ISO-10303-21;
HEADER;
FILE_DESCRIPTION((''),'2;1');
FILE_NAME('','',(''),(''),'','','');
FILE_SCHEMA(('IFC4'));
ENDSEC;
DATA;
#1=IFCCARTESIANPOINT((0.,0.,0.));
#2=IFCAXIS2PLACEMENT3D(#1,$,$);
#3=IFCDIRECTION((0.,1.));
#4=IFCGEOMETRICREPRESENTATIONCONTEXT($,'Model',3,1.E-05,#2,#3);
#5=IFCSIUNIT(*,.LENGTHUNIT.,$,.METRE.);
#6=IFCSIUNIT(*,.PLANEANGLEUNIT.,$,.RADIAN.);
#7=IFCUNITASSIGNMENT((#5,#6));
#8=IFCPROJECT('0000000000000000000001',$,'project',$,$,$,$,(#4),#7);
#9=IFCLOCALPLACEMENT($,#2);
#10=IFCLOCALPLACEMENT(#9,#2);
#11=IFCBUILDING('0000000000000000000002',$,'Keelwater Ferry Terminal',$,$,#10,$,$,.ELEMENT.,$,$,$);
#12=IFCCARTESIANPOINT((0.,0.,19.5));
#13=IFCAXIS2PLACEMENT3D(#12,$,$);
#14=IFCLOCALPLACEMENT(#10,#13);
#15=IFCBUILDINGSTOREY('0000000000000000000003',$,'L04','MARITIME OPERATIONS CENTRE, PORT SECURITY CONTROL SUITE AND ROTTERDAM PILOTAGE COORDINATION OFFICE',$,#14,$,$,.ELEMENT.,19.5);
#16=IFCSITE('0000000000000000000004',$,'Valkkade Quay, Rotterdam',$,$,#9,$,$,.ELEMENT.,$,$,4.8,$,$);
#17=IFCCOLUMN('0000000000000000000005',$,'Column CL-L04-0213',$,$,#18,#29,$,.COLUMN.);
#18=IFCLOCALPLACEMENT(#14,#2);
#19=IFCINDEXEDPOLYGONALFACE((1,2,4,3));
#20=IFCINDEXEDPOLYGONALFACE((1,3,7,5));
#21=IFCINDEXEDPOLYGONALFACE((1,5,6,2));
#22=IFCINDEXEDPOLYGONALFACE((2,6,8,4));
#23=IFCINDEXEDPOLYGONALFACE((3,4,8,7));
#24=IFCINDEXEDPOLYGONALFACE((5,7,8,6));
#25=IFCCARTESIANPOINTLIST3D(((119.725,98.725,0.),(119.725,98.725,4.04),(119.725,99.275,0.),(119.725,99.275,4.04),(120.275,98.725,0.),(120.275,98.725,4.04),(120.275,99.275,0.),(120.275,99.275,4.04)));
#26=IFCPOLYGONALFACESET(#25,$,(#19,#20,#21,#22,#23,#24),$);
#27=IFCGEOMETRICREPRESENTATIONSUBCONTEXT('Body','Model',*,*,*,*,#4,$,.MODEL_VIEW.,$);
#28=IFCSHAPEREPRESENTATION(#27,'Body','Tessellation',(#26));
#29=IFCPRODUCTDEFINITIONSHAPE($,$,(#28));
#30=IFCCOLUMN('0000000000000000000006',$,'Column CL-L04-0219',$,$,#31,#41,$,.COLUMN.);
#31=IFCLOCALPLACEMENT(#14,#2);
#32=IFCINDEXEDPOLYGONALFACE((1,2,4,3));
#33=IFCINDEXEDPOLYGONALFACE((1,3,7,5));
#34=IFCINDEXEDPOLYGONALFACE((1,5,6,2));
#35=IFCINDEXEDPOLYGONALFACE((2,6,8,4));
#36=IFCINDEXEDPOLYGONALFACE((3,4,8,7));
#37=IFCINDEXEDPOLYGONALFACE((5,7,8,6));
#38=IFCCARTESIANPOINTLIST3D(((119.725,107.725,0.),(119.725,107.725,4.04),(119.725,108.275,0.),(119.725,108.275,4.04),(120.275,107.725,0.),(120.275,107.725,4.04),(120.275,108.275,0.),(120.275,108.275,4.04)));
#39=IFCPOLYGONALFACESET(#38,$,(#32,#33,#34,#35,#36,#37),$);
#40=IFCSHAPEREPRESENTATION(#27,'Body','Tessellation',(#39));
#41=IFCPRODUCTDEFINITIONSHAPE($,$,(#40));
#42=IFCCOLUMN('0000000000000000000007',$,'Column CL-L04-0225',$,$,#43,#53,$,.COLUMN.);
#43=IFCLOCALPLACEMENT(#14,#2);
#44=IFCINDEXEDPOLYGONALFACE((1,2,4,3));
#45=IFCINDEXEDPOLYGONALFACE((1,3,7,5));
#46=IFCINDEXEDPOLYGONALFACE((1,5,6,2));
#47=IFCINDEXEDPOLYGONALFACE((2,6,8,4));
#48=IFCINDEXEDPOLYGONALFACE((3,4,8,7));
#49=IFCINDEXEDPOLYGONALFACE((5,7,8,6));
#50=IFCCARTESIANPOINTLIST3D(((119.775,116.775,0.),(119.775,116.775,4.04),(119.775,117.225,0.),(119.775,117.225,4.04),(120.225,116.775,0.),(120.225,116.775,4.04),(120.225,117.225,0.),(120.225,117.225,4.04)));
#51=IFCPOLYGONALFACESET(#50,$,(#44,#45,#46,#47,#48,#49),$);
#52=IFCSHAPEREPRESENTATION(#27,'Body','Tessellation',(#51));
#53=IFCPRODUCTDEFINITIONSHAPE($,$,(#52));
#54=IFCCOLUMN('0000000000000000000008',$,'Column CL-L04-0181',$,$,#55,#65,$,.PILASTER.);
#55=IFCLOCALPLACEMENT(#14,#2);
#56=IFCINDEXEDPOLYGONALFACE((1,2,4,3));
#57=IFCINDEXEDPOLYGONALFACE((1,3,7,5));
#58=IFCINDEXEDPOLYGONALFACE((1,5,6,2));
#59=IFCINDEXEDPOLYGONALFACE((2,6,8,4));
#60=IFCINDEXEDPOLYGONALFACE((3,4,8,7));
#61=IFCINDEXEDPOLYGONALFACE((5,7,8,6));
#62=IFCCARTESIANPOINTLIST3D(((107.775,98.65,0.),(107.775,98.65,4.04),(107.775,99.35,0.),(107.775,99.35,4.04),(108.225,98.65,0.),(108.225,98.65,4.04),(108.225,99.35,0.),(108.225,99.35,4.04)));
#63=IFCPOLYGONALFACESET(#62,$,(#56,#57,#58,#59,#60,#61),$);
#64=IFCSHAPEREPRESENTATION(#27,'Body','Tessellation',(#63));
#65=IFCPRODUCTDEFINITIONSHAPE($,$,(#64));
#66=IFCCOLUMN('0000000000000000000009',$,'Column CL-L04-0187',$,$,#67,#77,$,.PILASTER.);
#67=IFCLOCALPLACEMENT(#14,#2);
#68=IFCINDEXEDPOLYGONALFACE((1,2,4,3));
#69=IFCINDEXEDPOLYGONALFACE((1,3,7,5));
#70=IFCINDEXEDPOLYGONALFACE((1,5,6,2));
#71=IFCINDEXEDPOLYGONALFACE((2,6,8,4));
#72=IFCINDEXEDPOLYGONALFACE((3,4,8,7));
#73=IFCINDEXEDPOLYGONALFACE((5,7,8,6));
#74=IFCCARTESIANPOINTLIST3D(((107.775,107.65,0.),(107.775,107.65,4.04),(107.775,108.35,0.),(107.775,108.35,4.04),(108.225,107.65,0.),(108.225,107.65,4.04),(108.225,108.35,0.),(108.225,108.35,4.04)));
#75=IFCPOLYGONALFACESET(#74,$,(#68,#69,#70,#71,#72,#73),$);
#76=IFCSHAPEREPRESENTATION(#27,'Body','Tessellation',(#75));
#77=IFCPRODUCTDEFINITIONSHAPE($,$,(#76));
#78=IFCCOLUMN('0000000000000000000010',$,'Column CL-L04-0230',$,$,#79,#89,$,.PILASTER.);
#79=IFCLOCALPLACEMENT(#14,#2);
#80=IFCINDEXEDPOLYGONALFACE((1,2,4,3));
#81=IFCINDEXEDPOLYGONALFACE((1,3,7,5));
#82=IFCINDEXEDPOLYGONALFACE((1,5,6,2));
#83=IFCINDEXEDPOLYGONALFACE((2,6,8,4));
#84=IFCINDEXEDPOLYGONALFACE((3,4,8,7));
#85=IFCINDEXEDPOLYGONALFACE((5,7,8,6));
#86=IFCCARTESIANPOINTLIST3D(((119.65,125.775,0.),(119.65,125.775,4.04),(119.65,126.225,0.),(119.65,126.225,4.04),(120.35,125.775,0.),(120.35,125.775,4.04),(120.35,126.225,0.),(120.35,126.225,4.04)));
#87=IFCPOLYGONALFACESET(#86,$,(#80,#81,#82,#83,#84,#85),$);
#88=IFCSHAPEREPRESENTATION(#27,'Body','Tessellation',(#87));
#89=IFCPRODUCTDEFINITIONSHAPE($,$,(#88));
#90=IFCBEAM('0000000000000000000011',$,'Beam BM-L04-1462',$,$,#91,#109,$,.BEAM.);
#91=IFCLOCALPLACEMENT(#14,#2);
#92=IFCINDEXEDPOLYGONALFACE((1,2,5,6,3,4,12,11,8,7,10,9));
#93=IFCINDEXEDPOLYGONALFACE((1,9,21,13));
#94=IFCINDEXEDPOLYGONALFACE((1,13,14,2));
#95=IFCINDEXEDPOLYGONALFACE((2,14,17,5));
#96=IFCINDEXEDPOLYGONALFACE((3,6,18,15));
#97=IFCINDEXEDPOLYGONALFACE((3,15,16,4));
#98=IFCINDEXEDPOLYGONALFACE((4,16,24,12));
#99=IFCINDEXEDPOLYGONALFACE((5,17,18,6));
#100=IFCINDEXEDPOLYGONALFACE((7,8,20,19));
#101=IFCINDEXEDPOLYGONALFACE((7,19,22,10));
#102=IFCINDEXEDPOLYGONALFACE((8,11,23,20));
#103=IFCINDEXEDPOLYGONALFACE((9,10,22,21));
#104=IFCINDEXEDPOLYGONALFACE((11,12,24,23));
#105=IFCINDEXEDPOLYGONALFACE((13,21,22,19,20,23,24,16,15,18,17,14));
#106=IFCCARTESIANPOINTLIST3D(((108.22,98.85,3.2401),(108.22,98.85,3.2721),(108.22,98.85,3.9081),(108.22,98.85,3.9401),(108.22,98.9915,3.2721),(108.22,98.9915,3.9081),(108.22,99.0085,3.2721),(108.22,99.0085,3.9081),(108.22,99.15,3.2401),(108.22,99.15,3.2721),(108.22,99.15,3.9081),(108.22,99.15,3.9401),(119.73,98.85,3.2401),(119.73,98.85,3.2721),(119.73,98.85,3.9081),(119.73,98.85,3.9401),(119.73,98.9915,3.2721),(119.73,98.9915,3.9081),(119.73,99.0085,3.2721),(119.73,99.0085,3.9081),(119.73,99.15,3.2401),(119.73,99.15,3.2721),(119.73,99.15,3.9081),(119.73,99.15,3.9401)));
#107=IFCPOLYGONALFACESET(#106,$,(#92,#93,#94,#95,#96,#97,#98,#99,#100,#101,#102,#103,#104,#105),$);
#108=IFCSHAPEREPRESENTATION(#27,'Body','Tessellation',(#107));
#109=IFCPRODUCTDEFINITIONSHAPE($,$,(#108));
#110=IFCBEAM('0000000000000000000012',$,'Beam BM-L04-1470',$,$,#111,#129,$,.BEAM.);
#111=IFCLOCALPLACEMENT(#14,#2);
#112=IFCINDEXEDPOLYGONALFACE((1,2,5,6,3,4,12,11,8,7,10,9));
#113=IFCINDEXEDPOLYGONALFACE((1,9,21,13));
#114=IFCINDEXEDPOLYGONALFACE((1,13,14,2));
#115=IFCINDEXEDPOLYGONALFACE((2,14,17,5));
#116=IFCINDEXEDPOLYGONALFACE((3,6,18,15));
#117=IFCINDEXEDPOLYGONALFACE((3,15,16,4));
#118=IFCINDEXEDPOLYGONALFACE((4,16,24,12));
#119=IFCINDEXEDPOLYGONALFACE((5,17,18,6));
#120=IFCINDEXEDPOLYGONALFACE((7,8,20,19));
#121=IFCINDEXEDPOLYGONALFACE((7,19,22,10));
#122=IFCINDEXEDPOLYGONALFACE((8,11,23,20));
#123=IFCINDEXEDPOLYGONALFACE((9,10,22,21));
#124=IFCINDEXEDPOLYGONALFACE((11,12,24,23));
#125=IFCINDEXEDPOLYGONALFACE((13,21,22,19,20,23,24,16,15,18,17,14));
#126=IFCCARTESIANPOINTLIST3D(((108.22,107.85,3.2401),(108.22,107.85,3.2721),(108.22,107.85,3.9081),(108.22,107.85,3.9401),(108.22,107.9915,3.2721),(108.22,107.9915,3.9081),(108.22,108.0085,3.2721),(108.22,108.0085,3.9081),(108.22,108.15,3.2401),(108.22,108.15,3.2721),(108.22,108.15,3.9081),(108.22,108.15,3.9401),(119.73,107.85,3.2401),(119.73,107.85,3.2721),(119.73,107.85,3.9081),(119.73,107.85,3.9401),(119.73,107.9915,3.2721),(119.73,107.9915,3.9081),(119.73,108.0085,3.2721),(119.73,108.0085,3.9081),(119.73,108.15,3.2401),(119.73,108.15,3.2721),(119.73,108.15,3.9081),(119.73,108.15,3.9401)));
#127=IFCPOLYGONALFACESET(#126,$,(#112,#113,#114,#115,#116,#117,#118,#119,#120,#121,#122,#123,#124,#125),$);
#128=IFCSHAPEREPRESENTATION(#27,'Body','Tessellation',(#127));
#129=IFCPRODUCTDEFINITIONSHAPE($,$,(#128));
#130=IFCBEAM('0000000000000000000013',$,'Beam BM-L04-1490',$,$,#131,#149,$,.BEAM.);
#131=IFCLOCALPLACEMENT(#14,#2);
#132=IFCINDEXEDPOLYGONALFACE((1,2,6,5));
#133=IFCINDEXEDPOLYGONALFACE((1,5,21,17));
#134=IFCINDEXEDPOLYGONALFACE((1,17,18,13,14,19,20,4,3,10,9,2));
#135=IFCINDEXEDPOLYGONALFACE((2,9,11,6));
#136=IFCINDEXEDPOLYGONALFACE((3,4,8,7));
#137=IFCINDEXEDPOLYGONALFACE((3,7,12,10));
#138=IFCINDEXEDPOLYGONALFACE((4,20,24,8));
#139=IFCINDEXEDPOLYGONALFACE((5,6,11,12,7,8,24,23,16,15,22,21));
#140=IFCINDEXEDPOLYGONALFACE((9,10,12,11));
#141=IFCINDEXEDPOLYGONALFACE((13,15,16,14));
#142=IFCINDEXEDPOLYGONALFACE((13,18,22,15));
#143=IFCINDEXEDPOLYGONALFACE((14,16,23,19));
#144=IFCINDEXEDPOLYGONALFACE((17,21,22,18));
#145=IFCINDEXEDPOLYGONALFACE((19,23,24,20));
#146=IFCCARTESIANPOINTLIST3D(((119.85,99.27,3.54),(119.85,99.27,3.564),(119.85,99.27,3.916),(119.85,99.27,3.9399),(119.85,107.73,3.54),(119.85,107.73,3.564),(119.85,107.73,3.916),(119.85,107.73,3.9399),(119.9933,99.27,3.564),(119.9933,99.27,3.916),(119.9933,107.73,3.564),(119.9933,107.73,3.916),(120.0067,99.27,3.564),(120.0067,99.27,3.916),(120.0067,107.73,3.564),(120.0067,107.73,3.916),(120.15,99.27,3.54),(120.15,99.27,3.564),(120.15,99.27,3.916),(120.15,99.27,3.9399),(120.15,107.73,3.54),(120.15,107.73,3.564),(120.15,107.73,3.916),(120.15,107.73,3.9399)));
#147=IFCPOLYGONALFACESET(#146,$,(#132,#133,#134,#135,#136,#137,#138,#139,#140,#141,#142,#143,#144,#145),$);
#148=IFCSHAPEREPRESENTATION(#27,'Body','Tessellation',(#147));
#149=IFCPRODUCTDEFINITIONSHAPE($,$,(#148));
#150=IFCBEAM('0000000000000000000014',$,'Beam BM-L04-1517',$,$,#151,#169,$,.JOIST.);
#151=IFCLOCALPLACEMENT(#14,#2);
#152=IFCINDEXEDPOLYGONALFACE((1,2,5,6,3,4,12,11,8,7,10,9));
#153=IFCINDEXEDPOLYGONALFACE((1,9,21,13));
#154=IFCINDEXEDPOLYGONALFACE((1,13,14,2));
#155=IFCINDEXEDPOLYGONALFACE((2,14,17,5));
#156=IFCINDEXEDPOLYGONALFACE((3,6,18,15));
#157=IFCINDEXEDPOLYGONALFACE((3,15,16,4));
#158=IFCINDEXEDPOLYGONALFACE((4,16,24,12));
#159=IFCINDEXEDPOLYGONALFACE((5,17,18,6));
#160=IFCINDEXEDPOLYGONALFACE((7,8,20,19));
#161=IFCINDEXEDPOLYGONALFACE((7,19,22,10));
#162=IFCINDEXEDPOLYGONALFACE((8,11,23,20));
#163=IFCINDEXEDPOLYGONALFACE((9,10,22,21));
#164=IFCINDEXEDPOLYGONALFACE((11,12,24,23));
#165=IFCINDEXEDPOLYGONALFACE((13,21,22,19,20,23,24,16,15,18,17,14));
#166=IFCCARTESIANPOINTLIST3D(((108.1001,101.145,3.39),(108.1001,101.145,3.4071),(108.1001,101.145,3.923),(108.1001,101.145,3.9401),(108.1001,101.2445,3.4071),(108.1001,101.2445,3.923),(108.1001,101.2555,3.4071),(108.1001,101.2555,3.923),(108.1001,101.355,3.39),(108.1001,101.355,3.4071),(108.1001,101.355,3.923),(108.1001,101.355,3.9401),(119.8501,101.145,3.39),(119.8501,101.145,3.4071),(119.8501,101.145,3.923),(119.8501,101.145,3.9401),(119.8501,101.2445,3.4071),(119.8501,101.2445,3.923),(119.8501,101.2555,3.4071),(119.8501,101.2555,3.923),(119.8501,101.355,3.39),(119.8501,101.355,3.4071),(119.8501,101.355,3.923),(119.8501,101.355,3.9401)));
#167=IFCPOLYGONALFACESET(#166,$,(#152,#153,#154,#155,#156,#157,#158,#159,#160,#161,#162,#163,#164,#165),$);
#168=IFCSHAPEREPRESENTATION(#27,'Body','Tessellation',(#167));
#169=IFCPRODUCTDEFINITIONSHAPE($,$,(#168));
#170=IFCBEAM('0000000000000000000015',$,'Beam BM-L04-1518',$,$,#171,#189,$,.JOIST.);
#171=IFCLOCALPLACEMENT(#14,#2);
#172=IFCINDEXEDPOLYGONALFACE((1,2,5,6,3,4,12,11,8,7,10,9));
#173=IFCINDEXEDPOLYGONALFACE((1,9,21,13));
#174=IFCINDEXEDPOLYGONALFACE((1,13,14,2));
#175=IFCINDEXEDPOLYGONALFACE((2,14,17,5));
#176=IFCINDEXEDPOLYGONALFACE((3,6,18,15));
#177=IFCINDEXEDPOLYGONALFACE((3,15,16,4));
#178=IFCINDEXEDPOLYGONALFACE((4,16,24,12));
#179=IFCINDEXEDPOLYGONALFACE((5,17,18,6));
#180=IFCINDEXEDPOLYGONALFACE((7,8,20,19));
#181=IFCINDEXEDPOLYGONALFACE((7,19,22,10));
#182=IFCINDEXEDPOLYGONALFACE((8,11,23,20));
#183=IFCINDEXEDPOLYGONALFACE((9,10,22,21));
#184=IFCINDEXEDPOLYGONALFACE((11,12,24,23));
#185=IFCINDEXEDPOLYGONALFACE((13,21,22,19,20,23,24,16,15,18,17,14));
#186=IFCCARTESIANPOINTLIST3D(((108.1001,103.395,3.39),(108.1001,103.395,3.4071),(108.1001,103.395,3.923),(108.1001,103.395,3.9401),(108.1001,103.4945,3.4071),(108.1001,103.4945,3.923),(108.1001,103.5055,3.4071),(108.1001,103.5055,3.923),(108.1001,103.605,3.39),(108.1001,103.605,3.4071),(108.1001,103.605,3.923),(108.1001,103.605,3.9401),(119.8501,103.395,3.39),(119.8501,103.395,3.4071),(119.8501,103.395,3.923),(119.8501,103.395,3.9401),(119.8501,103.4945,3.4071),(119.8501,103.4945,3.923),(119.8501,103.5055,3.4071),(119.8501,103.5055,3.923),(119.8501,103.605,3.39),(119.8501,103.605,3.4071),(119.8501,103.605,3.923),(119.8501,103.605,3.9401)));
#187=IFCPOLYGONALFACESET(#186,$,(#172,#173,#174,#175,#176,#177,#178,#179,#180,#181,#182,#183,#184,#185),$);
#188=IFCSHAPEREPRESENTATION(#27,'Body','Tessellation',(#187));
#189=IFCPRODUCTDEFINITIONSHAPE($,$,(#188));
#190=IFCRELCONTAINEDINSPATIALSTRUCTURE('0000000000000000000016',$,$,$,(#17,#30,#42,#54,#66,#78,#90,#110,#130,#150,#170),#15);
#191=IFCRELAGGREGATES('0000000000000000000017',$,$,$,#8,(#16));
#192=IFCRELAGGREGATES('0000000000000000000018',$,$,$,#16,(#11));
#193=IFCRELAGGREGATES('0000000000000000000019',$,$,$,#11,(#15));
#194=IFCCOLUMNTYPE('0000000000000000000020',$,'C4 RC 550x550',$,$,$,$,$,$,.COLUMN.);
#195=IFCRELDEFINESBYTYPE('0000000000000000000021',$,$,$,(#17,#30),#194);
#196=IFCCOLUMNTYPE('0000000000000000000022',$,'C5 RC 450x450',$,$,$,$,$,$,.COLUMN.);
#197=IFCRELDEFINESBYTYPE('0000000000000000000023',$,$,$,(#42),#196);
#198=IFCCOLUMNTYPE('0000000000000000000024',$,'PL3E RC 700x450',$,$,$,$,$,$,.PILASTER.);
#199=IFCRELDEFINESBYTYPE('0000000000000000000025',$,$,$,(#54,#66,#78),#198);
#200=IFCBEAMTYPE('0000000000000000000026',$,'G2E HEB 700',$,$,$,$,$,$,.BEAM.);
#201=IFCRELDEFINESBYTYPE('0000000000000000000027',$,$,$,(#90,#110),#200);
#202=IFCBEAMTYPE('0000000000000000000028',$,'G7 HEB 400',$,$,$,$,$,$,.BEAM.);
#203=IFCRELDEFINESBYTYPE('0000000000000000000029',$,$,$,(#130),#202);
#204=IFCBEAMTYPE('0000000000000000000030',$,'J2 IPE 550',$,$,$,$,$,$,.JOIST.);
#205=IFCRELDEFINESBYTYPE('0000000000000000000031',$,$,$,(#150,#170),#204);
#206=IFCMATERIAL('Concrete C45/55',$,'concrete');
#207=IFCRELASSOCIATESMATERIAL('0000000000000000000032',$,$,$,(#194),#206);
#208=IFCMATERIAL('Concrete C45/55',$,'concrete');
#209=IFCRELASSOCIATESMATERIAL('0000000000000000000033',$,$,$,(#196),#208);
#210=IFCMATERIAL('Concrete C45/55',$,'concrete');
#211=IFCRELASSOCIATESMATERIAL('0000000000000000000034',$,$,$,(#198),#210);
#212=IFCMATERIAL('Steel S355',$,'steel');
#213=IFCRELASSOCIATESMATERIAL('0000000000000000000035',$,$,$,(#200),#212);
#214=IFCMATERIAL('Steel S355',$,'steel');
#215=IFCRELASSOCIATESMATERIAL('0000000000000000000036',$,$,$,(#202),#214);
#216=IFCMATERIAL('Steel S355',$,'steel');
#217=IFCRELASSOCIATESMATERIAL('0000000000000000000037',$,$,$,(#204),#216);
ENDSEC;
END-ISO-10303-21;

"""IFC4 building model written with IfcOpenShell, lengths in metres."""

from ifc_helpers import new_model, si_unit, direction, frame, origin, origin_2d, place, context, subcontext, project, spatial, rectangle, i_section, extrude, material, material_profile, profile_set, type_object, element, save


model = new_model("IFC4")

# Units and contexts
model_context = context("Model", 3, precision=1e-05, world=origin(), true_north=direction((0.0, 1.0)))
body_context = subcontext(model_context, "Body", "Model", "MODEL_VIEW")
ifc_project = project(units=[si_unit("LENGTHUNIT", "METRE"), si_unit("PLANEANGLEUNIT", "RADIAN")], contexts=[model_context])

# Site, building, storey
site_placement = place(None, origin())
site = spatial("IfcSite", under=ifc_project, at=site_placement, Name="Valkkade Quay, Rotterdam", CompositionType="ELEMENT", RefElevation=4.8)
building_placement = place(site_placement, origin())
building = spatial("IfcBuilding", under=site, at=building_placement, Name="Keelwater Ferry Terminal", CompositionType="ELEMENT")
storey_placement = place(building_placement, frame((0.0, 0.0, 19.5)))
storey = spatial("IfcBuildingStorey", under=building, at=storey_placement, Name="L04", Description="MARITIME OPERATIONS CENTRE, PORT SECURITY CONTROL SUITE AND ROTTERDAM PILOTAGE COORDINATION OFFICE", CompositionType="ELEMENT", Elevation=19.5)

# Columns
ifc_material_1 = material(Name="Concrete C45/55", Category="concrete")
ifc_material_profile_1 = material_profile(ifc_material_1, rectangle(XDim=0.55, YDim=0.55, at=origin_2d()), Name="RC 550x550")
ifc_profile_set_1 = profile_set([ifc_material_profile_1], Name="Concrete C45/55")
column_type_1 = type_object("IfcColumnType", Name="C4 RC 550x550", PredefinedType="COLUMN", material=ifc_profile_set_1)
for number, where, z_axis, x_axis, name in (
    (1, (120.0, 99.0, 0.0), (0.0, 0.0, 1.0), (1.0, 0.0, 0.0), "Column CL-L04-0213"),
    (2, (120.0, 108.0, 0.0), (0.0, 0.0, 1.0), (1.0, 0.0, 0.0), "Column CL-L04-0219"),
):
    element("IfcColumn", number, at=place(storey_placement, frame(where, z_axis=z_axis, x_axis=x_axis)), inside=storey, type_object=column_type_1, Name=name, PredefinedType="COLUMN", context=body_context, shape_type="SweptSolid", body=[
        extrude(rectangle(XDim=0.55, YDim=0.55, at=origin_2d()), origin(), (0.0, 0.0, 1.0), 4.04),
    ])
ifc_material_2 = material(Name="Concrete C45/55", Category="concrete")
ifc_material_profile_2 = material_profile(ifc_material_2, rectangle(XDim=0.45, YDim=0.45, at=origin_2d()), Name="RC 450x450")
ifc_profile_set_2 = profile_set([ifc_material_profile_2], Name="Concrete C45/55")
column_type_2 = type_object("IfcColumnType", Name="C5 RC 450x450", PredefinedType="COLUMN", material=ifc_profile_set_2)
column_placement = place(storey_placement, frame((120.0, 117.0, 0.0), z_axis=(0.0, 0.0, 1.0), x_axis=(1.0, 0.0, 0.0)))
element("IfcColumn", 3, at=column_placement, inside=storey, type_object=column_type_2, Name="Column CL-L04-0225", PredefinedType="COLUMN", context=body_context, shape_type="SweptSolid", body=[
    extrude(rectangle(XDim=0.45, YDim=0.45, at=origin_2d()), origin(), (0.0, 0.0, 1.0), 4.04),
])
ifc_material_3 = material(Name="Concrete C45/55", Category="concrete")
ifc_material_profile_3 = material_profile(ifc_material_3, rectangle(XDim=0.45, YDim=0.7, at=origin_2d()), Name="RC 700x450")
ifc_profile_set_3 = profile_set([ifc_material_profile_3], Name="Concrete C45/55")
column_type_3 = type_object("IfcColumnType", Name="PL3E RC 700x450", PredefinedType="PILASTER", material=ifc_profile_set_3)
for number, where, z_axis, x_axis, name in (
    (4, (108.0, 99.0, 0.0), (0.0, 0.0, 1.0), (1.0, 0.0, 0.0), "Column CL-L04-0181"),
    (5, (108.0, 108.0, 0.0), (0.0, 0.0, 1.0), (1.0, 0.0, 0.0), "Column CL-L04-0187"),
    (6, (120.0, 126.0, 0.0), (0.0, 0.0, 1.0), (0.0, 1.0, 0.0), "Column CL-L04-0230"),
):
    element("IfcColumn", number, at=place(storey_placement, frame(where, z_axis=z_axis, x_axis=x_axis)), inside=storey, type_object=column_type_3, Name=name, PredefinedType="PILASTER", context=body_context, shape_type="SweptSolid", body=[
        extrude(rectangle(XDim=0.45, YDim=0.7, at=origin_2d()), origin(), (0.0, 0.0, 1.0), 4.04),
    ])

# Beams
ifc_material_4 = material(Name="Steel S355", Category="steel")
ifc_material_profile_4 = material_profile(ifc_material_4, i_section(OverallWidth=0.3, OverallDepth=0.7, WebThickness=0.0171, FlangeThickness=0.032, at=origin_2d()), Name="HEB 700")
ifc_profile_set_4 = profile_set([ifc_material_profile_4], Name="Steel S355")
beam_type_1 = type_object("IfcBeamType", Name="G2E HEB 700", PredefinedType="BEAM", material=ifc_profile_set_4)
for number, where, z_axis, x_axis, name in (
    (7, (108.22, 99.0, 3.5901), (1.0, 0.0, 0.0), (0.0, 1.0, 0.0), "Beam BM-L04-1462"),
    (8, (108.22, 108.0, 3.5901), (1.0, 0.0, 0.0), (0.0, 1.0, 0.0), "Beam BM-L04-1470"),
):
    element("IfcBeam", number, at=place(storey_placement, frame(where, z_axis=z_axis, x_axis=x_axis)), inside=storey, type_object=beam_type_1, Name=name, PredefinedType="BEAM", context=body_context, shape_type="SweptSolid", body=[
        extrude(i_section(OverallWidth=0.3, OverallDepth=0.7, WebThickness=0.0171, FlangeThickness=0.032, at=origin_2d()), origin(), (0.0, 0.0, 1.0), 11.51),
    ])
ifc_material_5 = material(Name="Steel S355", Category="steel")
ifc_material_profile_5 = material_profile(ifc_material_5, i_section(OverallWidth=0.3, OverallDepth=0.3999, WebThickness=0.0134, FlangeThickness=0.0239, at=origin_2d()), Name="HEB 400")
ifc_profile_set_5 = profile_set([ifc_material_profile_5], Name="Steel S355")
beam_type_2 = type_object("IfcBeamType", Name="G7 HEB 400", PredefinedType="BEAM", material=ifc_profile_set_5)
beam_1_placement = place(storey_placement, frame((120.0, 99.27, 3.74), z_axis=(0.0, 1.0, 0.0), x_axis=(-1.0, 0.0, 0.0)))
element("IfcBeam", 9, at=beam_1_placement, inside=storey, type_object=beam_type_2, Name="Beam BM-L04-1490", PredefinedType="BEAM", context=body_context, shape_type="SweptSolid", body=[
    extrude(i_section(OverallWidth=0.3, OverallDepth=0.3999, WebThickness=0.0134, FlangeThickness=0.0239, at=origin_2d()), origin(), (0.0, 0.0, 1.0), 8.46),
])
ifc_material_6 = material(Name="Steel S355", Category="steel")
ifc_material_profile_6 = material_profile(ifc_material_6, i_section(OverallWidth=0.21, OverallDepth=0.55, WebThickness=0.011, FlangeThickness=0.0171, at=origin_2d()), Name="IPE 550")
ifc_profile_set_6 = profile_set([ifc_material_profile_6], Name="Steel S355")
beam_type_3 = type_object("IfcBeamType", Name="J2 IPE 550", PredefinedType="JOIST", material=ifc_profile_set_6)
for number, where, z_axis, x_axis, name in (
    (10, (108.1001, 101.25, 3.665), (1.0, 0.0, 0.0), (0.0, 1.0, 0.0), "Beam BM-L04-1517"),
    (11, (108.1001, 103.5, 3.665), (1.0, 0.0, 0.0), (0.0, 1.0, 0.0), "Beam BM-L04-1518"),
):
    element("IfcBeam", number, at=place(storey_placement, frame(where, z_axis=z_axis, x_axis=x_axis)), inside=storey, type_object=beam_type_3, Name=name, PredefinedType="JOIST", context=body_context, shape_type="SweptSolid", body=[
        extrude(i_section(OverallWidth=0.21, OverallDepth=0.55, WebThickness=0.011, FlangeThickness=0.0171, at=origin_2d()), origin(), (0.0, 0.0, 1.0), 11.75),
    ])

save(model, "model.ifc")
